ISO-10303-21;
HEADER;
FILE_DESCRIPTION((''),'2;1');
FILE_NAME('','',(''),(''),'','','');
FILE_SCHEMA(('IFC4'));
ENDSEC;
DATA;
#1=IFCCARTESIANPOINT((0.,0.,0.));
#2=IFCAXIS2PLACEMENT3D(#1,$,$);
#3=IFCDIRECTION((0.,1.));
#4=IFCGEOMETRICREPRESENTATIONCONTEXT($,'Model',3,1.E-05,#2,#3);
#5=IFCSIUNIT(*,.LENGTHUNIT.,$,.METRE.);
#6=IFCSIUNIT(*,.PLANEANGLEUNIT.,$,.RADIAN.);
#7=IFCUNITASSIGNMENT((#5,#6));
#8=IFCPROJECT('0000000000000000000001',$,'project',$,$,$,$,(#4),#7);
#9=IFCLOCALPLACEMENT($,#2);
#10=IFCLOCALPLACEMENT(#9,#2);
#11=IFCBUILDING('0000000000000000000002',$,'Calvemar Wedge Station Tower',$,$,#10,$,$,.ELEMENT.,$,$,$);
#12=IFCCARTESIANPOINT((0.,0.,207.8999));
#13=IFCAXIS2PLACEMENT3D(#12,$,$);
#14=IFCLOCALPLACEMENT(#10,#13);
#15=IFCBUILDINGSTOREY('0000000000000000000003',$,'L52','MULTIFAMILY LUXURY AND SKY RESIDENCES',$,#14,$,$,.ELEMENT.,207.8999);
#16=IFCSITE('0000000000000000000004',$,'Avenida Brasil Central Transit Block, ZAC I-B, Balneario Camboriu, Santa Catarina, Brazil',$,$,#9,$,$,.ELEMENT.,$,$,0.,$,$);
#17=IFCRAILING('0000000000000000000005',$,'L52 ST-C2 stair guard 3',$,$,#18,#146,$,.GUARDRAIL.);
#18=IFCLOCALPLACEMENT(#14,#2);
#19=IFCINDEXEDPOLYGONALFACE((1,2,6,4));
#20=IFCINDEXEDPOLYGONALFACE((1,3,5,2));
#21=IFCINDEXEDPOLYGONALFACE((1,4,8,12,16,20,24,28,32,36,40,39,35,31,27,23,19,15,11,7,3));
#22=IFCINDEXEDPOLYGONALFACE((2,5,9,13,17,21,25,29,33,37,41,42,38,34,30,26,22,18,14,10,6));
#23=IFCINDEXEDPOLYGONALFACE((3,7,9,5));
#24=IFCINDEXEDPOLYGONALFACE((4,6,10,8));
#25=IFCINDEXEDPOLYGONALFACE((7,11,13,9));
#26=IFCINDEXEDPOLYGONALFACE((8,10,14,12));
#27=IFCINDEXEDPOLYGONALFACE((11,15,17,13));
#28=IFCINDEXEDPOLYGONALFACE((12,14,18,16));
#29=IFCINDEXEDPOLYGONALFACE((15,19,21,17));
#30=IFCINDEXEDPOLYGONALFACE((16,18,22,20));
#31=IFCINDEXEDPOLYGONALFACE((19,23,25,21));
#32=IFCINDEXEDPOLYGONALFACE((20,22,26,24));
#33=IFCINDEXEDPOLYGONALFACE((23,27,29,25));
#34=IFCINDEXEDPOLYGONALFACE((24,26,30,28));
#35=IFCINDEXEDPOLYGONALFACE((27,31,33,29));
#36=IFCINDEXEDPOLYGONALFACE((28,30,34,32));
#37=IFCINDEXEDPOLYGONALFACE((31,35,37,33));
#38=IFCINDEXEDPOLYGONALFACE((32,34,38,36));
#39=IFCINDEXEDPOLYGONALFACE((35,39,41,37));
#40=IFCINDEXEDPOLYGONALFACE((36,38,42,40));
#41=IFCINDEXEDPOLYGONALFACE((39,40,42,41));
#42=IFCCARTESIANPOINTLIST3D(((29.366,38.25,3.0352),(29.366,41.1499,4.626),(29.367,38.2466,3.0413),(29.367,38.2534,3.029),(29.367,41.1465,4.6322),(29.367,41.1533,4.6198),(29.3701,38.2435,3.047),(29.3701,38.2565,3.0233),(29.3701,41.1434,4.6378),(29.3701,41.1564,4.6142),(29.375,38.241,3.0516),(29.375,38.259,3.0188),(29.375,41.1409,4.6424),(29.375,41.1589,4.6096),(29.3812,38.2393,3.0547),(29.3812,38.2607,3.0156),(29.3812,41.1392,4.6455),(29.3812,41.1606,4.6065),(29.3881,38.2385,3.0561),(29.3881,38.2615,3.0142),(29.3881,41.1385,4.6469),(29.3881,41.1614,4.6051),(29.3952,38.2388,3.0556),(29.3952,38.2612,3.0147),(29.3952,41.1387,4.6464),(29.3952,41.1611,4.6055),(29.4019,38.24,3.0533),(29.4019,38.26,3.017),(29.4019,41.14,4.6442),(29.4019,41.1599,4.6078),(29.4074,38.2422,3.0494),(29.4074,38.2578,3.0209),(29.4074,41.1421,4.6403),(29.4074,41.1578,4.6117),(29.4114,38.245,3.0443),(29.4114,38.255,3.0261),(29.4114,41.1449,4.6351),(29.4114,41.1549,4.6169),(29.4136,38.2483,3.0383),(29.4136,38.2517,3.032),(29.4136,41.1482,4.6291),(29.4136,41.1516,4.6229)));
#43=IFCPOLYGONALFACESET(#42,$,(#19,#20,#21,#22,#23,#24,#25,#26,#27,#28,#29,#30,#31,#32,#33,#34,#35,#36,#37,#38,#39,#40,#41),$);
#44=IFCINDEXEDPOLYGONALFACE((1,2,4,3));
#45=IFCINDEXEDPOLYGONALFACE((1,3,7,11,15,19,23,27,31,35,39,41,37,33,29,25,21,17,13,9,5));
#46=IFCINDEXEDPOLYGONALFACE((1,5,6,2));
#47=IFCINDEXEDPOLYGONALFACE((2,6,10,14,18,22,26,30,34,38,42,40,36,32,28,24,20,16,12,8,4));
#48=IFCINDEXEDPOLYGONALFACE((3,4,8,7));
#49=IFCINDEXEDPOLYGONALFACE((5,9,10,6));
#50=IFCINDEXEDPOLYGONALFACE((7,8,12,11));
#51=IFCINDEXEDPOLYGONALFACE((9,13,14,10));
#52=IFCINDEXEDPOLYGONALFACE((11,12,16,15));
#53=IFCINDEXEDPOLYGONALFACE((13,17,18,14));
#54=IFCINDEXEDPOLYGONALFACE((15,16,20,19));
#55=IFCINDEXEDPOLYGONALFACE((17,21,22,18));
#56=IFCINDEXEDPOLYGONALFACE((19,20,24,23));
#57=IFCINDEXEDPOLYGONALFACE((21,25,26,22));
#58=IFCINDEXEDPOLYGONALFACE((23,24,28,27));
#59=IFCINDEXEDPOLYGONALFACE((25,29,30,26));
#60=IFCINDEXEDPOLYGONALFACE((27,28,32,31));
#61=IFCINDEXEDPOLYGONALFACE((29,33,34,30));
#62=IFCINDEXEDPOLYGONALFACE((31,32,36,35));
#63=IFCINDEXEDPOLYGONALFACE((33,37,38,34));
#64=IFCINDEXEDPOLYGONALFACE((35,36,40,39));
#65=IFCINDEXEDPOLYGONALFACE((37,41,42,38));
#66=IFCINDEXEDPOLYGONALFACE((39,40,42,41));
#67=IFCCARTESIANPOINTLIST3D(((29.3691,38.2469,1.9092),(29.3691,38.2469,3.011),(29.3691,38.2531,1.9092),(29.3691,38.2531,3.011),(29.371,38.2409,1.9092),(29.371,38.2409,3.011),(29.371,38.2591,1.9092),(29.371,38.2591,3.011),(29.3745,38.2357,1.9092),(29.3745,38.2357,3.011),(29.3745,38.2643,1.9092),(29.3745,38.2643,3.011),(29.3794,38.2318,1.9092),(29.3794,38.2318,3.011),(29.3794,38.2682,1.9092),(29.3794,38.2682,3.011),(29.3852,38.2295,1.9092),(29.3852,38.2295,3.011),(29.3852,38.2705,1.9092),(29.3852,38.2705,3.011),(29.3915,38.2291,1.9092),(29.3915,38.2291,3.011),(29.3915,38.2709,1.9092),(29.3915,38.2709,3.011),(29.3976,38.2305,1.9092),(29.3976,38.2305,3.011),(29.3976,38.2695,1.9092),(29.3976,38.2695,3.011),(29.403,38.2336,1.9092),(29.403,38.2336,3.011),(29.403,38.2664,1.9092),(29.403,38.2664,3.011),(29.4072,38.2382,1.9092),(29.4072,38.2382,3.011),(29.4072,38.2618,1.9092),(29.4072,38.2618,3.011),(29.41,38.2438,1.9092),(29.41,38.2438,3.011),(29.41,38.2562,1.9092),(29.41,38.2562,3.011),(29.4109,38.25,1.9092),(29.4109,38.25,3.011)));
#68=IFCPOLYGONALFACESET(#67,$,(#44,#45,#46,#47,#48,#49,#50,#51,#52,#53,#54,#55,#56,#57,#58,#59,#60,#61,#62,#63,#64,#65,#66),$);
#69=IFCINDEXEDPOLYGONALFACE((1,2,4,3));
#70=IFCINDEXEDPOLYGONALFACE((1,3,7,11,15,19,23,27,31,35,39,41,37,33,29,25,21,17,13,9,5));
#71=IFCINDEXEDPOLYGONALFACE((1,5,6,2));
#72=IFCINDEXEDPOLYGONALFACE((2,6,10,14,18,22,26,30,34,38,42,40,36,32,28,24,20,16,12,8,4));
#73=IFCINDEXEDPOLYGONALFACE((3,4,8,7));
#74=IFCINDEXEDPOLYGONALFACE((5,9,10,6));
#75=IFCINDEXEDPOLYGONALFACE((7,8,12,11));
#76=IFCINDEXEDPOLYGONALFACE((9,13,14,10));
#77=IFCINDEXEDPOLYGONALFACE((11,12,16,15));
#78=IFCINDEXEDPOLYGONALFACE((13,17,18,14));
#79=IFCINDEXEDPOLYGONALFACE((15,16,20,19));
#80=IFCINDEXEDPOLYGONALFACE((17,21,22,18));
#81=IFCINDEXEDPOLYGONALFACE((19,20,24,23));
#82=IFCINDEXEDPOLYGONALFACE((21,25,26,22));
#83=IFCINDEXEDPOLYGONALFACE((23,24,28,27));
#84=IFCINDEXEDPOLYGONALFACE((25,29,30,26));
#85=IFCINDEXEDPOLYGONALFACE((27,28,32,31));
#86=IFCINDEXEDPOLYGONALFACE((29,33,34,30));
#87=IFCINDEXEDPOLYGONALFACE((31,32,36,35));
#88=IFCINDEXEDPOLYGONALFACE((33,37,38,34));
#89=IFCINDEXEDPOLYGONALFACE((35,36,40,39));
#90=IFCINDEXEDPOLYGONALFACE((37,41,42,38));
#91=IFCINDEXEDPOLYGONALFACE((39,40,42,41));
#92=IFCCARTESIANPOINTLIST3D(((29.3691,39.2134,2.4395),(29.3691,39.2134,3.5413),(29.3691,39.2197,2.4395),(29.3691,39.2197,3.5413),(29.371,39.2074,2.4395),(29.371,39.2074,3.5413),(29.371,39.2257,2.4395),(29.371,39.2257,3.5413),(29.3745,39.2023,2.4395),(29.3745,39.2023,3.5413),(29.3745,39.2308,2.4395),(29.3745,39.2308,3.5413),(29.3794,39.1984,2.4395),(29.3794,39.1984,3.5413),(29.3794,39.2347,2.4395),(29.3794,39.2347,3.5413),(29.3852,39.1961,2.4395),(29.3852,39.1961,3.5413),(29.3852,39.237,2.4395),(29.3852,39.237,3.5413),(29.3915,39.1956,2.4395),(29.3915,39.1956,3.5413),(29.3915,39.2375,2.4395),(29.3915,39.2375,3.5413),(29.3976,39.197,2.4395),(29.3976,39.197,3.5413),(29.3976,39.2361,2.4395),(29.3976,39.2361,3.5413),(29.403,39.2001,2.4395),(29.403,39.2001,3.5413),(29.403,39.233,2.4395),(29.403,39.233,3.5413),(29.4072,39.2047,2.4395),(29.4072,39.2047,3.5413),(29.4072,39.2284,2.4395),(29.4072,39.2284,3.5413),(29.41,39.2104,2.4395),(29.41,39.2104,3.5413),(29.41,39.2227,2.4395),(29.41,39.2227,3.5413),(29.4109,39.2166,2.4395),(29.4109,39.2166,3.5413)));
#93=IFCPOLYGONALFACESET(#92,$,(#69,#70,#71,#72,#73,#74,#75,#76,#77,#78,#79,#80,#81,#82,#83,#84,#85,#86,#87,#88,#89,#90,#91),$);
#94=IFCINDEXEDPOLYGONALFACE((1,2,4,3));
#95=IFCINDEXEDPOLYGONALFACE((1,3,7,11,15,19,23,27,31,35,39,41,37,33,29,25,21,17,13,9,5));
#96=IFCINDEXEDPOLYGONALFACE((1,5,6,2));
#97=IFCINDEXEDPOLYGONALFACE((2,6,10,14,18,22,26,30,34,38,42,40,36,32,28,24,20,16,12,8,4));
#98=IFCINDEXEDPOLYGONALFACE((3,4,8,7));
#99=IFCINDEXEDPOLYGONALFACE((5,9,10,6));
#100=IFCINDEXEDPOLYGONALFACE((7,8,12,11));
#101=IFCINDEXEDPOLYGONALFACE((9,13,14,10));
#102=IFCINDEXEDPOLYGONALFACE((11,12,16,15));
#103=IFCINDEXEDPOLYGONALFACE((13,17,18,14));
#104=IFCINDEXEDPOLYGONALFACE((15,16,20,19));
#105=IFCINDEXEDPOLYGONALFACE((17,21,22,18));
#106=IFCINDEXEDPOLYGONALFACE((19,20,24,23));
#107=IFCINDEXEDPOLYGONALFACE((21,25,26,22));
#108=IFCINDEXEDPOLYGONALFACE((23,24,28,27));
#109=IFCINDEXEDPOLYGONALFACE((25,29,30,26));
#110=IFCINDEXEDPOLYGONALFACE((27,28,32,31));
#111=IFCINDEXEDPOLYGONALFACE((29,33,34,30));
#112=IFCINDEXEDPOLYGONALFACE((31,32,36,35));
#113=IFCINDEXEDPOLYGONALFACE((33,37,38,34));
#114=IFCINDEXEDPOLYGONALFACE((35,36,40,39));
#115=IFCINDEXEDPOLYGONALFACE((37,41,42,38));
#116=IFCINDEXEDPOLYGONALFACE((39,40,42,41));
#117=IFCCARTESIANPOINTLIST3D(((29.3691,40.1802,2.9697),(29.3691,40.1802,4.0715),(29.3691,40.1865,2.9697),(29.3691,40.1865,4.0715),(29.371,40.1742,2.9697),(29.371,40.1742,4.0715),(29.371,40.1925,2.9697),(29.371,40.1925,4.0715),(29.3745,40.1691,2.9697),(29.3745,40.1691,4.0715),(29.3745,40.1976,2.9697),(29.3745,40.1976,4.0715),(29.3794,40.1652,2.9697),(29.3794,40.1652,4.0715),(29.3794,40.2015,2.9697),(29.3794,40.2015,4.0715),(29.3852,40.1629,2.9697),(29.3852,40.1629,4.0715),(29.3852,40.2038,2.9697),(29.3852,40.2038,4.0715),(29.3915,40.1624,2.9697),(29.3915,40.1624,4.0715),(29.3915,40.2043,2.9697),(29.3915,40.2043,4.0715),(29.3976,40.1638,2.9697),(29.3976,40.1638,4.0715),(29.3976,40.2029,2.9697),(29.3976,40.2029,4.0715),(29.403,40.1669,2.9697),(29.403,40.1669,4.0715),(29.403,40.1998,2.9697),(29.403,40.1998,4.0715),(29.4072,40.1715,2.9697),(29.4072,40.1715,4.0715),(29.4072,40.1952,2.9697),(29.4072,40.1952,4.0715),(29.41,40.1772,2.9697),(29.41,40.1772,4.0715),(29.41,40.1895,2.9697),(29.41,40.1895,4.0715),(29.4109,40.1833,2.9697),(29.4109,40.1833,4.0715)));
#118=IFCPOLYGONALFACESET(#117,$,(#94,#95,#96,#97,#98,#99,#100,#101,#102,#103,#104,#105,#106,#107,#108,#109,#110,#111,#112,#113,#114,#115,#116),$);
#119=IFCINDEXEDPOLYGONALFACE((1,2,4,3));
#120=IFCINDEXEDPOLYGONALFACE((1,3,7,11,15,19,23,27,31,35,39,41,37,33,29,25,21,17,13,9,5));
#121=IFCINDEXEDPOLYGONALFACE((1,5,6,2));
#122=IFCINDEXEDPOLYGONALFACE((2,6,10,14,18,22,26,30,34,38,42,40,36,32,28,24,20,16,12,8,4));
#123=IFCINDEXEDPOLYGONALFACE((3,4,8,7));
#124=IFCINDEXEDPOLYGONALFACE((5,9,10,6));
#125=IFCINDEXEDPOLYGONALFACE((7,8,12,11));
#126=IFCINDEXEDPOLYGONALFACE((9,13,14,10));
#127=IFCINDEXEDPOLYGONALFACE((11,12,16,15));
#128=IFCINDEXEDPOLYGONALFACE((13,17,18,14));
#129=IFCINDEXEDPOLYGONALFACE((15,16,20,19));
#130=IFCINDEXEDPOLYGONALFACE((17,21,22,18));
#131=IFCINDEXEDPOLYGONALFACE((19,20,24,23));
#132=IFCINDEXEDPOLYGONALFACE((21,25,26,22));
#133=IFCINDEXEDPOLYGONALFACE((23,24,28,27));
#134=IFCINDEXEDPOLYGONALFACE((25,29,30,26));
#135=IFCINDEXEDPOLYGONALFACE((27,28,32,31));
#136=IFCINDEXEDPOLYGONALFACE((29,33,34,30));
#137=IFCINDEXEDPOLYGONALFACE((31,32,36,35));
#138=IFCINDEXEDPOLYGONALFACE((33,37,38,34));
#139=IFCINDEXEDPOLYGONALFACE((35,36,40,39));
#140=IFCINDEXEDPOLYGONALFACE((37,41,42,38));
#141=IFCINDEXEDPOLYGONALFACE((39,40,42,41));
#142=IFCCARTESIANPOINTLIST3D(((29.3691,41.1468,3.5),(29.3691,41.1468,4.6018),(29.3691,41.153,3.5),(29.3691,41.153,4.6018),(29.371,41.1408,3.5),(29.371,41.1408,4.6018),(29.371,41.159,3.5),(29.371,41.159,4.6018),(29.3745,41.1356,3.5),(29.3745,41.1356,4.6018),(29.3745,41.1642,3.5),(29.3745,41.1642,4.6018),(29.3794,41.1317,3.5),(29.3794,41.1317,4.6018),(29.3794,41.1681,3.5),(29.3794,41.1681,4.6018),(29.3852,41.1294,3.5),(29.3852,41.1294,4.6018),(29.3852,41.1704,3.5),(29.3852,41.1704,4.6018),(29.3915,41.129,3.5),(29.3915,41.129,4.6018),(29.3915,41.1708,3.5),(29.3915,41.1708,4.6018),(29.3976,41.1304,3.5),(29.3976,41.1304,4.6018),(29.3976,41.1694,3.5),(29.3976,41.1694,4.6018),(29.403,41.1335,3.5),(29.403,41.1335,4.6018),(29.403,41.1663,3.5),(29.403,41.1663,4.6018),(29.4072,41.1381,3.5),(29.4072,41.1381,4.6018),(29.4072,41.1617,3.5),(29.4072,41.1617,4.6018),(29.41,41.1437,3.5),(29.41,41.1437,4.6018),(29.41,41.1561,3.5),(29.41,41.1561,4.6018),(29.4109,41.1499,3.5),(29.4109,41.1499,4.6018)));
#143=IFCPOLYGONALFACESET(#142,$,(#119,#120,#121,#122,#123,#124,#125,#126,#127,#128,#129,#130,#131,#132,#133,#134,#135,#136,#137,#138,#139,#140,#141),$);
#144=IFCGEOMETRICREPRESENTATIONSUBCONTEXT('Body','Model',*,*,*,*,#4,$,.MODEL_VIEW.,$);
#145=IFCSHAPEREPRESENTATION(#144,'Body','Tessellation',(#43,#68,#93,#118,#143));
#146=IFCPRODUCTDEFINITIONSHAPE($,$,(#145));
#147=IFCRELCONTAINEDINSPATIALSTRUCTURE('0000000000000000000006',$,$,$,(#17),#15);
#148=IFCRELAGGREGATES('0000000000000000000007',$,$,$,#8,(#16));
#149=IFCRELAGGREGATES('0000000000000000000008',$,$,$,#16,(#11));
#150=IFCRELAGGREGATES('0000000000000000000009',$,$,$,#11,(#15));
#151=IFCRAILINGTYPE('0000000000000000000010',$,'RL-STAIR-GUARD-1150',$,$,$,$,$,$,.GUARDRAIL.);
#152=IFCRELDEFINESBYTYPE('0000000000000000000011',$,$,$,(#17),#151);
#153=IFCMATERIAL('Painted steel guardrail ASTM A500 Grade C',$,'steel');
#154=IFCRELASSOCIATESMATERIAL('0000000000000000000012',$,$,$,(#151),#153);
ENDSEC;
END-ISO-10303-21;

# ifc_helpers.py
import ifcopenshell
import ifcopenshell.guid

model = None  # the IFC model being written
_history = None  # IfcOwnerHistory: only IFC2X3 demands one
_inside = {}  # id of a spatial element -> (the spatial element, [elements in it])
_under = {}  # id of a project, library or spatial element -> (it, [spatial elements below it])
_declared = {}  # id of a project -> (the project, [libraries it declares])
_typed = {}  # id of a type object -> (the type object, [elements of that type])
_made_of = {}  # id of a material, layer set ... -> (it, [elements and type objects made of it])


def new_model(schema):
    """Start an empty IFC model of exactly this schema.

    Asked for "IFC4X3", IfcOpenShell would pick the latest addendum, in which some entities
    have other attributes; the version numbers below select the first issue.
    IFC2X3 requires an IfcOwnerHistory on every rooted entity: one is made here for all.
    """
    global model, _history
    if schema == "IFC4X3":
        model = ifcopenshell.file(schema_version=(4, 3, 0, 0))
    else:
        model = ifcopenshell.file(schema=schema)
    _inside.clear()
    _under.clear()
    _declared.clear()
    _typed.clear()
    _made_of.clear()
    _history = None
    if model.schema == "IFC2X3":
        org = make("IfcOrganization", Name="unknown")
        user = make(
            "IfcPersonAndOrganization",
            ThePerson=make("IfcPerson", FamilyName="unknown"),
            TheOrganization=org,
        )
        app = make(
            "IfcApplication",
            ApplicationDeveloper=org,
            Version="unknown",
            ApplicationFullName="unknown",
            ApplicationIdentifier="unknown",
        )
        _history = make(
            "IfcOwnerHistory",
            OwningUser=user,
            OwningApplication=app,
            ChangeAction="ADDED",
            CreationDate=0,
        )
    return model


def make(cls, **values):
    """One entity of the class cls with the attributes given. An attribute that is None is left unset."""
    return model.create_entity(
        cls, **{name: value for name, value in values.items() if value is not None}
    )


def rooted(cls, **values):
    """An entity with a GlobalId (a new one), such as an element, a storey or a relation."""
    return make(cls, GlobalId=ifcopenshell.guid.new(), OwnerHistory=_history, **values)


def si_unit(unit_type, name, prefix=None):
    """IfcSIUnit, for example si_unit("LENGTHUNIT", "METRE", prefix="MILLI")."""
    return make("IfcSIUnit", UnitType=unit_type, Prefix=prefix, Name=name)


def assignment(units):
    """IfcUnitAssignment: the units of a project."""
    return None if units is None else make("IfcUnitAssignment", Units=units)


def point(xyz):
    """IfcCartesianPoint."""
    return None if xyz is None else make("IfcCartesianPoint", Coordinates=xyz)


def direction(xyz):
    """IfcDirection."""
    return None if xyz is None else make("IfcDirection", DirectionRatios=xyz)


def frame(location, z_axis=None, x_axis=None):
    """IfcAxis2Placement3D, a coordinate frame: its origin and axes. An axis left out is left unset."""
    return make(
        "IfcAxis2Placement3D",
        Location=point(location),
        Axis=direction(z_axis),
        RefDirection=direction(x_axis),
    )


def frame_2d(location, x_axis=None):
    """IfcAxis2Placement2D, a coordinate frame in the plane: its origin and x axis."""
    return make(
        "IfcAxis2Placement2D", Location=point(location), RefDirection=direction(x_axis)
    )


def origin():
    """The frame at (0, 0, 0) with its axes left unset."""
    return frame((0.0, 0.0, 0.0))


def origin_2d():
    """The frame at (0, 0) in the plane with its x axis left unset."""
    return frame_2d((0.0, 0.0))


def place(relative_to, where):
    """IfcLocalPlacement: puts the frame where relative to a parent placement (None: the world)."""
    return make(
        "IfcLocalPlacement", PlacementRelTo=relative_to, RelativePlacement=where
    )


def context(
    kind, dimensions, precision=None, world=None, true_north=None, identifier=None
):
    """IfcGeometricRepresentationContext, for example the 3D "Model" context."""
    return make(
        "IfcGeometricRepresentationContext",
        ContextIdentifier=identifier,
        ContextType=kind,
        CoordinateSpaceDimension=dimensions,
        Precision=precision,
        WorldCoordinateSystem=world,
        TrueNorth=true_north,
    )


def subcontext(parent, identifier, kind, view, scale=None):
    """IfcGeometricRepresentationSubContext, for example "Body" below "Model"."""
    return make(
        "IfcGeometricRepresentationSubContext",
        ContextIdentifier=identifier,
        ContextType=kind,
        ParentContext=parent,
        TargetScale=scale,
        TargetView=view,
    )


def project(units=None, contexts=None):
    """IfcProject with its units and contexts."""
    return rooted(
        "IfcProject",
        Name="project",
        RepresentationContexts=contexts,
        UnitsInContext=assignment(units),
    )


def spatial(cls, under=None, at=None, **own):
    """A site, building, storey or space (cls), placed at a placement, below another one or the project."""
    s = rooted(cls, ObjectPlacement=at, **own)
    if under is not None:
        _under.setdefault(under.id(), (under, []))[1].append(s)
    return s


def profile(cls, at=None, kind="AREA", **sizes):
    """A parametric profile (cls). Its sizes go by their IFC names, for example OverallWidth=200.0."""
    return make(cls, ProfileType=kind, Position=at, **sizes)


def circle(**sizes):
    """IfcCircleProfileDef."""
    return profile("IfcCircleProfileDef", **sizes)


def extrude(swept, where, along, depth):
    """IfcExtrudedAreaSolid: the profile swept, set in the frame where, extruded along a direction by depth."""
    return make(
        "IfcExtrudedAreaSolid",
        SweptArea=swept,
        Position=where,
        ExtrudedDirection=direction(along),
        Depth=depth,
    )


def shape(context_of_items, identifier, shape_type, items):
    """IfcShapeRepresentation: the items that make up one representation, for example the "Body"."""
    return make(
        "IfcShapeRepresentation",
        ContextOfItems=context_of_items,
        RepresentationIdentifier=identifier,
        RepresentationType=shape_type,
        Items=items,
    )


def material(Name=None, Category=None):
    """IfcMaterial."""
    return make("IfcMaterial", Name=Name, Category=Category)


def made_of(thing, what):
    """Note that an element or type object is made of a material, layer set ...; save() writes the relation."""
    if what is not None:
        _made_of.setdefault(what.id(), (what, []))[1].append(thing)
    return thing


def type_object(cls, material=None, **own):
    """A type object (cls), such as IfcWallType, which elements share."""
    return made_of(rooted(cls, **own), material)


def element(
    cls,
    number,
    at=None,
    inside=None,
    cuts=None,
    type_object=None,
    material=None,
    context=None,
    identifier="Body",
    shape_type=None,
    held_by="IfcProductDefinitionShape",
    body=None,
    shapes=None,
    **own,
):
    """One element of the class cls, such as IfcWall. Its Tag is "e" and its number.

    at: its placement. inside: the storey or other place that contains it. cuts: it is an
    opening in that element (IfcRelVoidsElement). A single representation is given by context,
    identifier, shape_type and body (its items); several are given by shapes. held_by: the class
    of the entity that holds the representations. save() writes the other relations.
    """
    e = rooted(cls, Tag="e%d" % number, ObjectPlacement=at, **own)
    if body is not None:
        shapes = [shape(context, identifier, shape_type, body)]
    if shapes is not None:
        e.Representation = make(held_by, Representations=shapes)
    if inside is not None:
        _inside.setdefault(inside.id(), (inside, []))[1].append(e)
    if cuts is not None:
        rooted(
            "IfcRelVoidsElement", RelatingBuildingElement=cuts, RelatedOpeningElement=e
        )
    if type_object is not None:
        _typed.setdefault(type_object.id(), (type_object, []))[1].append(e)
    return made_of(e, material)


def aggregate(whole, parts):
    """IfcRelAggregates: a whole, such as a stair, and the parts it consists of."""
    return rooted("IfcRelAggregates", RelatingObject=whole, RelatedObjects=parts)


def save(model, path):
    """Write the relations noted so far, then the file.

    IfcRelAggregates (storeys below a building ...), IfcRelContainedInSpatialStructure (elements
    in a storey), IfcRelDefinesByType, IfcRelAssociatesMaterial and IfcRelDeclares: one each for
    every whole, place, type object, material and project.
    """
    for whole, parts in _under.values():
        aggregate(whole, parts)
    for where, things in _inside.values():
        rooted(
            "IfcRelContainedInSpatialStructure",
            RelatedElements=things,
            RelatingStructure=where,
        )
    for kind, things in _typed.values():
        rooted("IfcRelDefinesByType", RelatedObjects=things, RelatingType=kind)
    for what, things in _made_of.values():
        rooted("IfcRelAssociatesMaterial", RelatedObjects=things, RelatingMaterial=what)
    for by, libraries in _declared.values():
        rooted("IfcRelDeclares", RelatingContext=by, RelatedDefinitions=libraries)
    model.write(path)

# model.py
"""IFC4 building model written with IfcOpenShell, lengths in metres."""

from ifc_helpers import new_model, si_unit, direction, frame, origin, origin_2d, place, context, subcontext, project, spatial, circle, extrude, material, type_object, element, save


model = new_model("IFC4")

# Units and contexts
model_context = context("Model", 3, precision=1e-05, world=origin(), true_north=direction((0.0, 1.0)))
body_context = subcontext(model_context, "Body", "Model", "MODEL_VIEW")
ifc_project = project(units=[si_unit("LENGTHUNIT", "METRE"), si_unit("PLANEANGLEUNIT", "RADIAN")], contexts=[model_context])

# Site, building, storey
site_placement = place(None, origin())
site = spatial("IfcSite", under=ifc_project, at=site_placement, Name="Avenida Brasil Central Transit Block, ZAC I-B, Balneario Camboriu, Santa Catarina, Brazil", CompositionType="ELEMENT", RefElevation=0.0)
building_placement = place(site_placement, origin())
building = spatial("IfcBuilding", under=site, at=building_placement, Name="Calvemar Wedge Station Tower", CompositionType="ELEMENT")
storey_placement = place(building_placement, frame((0.0, 0.0, 207.8999)))
storey = spatial("IfcBuildingStorey", under=building, at=storey_placement, Name="L52", Description="MULTIFAMILY LUXURY AND SKY RESIDENCES", CompositionType="ELEMENT", Elevation=207.8999)

# Railing
ifc_material_1 = material(Name="Painted steel guardrail ASTM A500 Grade C", Category="steel")
railing_type_1 = type_object("IfcRailingType", Name="RL-STAIR-GUARD-1150", PredefinedType="GUARDRAIL", material=ifc_material_1)
railing_1_placement = place(storey_placement, frame((29.3899, 38.25, 1.9092)))
element("IfcRailing", 1, at=railing_1_placement, inside=storey, type_object=railing_type_1, Name="L52 ST-C2 stair guard 3", PredefinedType="GUARDRAIL", context=body_context, shape_type="SweptSolid", body=[
    extrude(circle(Radius=0.0239, at=origin_2d()), frame((0.0, 0.0, 1.126), z_axis=(0.0, 0.876742, 0.480961), x_axis=(-1.0, 0.0, 0.0)), (0.0, 0.0, 1.0), 3.3076),
    extrude(circle(Radius=0.021, at=origin_2d()), origin(), (0.0, 0.0, 1.0), 1.1018),
    extrude(circle(Radius=0.021, at=origin_2d()), frame((0.0, 0.9666, 0.5303)), (0.0, 0.0, 1.0), 1.1018),
    extrude(circle(Radius=0.021, at=origin_2d()), frame((0.0, 1.9333, 1.0605)), (0.0, 0.0, 1.0), 1.1018),
    extrude(circle(Radius=0.021, at=origin_2d()), frame((0.0, 2.8999, 1.5908)), (0.0, 0.0, 1.0), 1.1018),
])

save(model, "model.ifc")
